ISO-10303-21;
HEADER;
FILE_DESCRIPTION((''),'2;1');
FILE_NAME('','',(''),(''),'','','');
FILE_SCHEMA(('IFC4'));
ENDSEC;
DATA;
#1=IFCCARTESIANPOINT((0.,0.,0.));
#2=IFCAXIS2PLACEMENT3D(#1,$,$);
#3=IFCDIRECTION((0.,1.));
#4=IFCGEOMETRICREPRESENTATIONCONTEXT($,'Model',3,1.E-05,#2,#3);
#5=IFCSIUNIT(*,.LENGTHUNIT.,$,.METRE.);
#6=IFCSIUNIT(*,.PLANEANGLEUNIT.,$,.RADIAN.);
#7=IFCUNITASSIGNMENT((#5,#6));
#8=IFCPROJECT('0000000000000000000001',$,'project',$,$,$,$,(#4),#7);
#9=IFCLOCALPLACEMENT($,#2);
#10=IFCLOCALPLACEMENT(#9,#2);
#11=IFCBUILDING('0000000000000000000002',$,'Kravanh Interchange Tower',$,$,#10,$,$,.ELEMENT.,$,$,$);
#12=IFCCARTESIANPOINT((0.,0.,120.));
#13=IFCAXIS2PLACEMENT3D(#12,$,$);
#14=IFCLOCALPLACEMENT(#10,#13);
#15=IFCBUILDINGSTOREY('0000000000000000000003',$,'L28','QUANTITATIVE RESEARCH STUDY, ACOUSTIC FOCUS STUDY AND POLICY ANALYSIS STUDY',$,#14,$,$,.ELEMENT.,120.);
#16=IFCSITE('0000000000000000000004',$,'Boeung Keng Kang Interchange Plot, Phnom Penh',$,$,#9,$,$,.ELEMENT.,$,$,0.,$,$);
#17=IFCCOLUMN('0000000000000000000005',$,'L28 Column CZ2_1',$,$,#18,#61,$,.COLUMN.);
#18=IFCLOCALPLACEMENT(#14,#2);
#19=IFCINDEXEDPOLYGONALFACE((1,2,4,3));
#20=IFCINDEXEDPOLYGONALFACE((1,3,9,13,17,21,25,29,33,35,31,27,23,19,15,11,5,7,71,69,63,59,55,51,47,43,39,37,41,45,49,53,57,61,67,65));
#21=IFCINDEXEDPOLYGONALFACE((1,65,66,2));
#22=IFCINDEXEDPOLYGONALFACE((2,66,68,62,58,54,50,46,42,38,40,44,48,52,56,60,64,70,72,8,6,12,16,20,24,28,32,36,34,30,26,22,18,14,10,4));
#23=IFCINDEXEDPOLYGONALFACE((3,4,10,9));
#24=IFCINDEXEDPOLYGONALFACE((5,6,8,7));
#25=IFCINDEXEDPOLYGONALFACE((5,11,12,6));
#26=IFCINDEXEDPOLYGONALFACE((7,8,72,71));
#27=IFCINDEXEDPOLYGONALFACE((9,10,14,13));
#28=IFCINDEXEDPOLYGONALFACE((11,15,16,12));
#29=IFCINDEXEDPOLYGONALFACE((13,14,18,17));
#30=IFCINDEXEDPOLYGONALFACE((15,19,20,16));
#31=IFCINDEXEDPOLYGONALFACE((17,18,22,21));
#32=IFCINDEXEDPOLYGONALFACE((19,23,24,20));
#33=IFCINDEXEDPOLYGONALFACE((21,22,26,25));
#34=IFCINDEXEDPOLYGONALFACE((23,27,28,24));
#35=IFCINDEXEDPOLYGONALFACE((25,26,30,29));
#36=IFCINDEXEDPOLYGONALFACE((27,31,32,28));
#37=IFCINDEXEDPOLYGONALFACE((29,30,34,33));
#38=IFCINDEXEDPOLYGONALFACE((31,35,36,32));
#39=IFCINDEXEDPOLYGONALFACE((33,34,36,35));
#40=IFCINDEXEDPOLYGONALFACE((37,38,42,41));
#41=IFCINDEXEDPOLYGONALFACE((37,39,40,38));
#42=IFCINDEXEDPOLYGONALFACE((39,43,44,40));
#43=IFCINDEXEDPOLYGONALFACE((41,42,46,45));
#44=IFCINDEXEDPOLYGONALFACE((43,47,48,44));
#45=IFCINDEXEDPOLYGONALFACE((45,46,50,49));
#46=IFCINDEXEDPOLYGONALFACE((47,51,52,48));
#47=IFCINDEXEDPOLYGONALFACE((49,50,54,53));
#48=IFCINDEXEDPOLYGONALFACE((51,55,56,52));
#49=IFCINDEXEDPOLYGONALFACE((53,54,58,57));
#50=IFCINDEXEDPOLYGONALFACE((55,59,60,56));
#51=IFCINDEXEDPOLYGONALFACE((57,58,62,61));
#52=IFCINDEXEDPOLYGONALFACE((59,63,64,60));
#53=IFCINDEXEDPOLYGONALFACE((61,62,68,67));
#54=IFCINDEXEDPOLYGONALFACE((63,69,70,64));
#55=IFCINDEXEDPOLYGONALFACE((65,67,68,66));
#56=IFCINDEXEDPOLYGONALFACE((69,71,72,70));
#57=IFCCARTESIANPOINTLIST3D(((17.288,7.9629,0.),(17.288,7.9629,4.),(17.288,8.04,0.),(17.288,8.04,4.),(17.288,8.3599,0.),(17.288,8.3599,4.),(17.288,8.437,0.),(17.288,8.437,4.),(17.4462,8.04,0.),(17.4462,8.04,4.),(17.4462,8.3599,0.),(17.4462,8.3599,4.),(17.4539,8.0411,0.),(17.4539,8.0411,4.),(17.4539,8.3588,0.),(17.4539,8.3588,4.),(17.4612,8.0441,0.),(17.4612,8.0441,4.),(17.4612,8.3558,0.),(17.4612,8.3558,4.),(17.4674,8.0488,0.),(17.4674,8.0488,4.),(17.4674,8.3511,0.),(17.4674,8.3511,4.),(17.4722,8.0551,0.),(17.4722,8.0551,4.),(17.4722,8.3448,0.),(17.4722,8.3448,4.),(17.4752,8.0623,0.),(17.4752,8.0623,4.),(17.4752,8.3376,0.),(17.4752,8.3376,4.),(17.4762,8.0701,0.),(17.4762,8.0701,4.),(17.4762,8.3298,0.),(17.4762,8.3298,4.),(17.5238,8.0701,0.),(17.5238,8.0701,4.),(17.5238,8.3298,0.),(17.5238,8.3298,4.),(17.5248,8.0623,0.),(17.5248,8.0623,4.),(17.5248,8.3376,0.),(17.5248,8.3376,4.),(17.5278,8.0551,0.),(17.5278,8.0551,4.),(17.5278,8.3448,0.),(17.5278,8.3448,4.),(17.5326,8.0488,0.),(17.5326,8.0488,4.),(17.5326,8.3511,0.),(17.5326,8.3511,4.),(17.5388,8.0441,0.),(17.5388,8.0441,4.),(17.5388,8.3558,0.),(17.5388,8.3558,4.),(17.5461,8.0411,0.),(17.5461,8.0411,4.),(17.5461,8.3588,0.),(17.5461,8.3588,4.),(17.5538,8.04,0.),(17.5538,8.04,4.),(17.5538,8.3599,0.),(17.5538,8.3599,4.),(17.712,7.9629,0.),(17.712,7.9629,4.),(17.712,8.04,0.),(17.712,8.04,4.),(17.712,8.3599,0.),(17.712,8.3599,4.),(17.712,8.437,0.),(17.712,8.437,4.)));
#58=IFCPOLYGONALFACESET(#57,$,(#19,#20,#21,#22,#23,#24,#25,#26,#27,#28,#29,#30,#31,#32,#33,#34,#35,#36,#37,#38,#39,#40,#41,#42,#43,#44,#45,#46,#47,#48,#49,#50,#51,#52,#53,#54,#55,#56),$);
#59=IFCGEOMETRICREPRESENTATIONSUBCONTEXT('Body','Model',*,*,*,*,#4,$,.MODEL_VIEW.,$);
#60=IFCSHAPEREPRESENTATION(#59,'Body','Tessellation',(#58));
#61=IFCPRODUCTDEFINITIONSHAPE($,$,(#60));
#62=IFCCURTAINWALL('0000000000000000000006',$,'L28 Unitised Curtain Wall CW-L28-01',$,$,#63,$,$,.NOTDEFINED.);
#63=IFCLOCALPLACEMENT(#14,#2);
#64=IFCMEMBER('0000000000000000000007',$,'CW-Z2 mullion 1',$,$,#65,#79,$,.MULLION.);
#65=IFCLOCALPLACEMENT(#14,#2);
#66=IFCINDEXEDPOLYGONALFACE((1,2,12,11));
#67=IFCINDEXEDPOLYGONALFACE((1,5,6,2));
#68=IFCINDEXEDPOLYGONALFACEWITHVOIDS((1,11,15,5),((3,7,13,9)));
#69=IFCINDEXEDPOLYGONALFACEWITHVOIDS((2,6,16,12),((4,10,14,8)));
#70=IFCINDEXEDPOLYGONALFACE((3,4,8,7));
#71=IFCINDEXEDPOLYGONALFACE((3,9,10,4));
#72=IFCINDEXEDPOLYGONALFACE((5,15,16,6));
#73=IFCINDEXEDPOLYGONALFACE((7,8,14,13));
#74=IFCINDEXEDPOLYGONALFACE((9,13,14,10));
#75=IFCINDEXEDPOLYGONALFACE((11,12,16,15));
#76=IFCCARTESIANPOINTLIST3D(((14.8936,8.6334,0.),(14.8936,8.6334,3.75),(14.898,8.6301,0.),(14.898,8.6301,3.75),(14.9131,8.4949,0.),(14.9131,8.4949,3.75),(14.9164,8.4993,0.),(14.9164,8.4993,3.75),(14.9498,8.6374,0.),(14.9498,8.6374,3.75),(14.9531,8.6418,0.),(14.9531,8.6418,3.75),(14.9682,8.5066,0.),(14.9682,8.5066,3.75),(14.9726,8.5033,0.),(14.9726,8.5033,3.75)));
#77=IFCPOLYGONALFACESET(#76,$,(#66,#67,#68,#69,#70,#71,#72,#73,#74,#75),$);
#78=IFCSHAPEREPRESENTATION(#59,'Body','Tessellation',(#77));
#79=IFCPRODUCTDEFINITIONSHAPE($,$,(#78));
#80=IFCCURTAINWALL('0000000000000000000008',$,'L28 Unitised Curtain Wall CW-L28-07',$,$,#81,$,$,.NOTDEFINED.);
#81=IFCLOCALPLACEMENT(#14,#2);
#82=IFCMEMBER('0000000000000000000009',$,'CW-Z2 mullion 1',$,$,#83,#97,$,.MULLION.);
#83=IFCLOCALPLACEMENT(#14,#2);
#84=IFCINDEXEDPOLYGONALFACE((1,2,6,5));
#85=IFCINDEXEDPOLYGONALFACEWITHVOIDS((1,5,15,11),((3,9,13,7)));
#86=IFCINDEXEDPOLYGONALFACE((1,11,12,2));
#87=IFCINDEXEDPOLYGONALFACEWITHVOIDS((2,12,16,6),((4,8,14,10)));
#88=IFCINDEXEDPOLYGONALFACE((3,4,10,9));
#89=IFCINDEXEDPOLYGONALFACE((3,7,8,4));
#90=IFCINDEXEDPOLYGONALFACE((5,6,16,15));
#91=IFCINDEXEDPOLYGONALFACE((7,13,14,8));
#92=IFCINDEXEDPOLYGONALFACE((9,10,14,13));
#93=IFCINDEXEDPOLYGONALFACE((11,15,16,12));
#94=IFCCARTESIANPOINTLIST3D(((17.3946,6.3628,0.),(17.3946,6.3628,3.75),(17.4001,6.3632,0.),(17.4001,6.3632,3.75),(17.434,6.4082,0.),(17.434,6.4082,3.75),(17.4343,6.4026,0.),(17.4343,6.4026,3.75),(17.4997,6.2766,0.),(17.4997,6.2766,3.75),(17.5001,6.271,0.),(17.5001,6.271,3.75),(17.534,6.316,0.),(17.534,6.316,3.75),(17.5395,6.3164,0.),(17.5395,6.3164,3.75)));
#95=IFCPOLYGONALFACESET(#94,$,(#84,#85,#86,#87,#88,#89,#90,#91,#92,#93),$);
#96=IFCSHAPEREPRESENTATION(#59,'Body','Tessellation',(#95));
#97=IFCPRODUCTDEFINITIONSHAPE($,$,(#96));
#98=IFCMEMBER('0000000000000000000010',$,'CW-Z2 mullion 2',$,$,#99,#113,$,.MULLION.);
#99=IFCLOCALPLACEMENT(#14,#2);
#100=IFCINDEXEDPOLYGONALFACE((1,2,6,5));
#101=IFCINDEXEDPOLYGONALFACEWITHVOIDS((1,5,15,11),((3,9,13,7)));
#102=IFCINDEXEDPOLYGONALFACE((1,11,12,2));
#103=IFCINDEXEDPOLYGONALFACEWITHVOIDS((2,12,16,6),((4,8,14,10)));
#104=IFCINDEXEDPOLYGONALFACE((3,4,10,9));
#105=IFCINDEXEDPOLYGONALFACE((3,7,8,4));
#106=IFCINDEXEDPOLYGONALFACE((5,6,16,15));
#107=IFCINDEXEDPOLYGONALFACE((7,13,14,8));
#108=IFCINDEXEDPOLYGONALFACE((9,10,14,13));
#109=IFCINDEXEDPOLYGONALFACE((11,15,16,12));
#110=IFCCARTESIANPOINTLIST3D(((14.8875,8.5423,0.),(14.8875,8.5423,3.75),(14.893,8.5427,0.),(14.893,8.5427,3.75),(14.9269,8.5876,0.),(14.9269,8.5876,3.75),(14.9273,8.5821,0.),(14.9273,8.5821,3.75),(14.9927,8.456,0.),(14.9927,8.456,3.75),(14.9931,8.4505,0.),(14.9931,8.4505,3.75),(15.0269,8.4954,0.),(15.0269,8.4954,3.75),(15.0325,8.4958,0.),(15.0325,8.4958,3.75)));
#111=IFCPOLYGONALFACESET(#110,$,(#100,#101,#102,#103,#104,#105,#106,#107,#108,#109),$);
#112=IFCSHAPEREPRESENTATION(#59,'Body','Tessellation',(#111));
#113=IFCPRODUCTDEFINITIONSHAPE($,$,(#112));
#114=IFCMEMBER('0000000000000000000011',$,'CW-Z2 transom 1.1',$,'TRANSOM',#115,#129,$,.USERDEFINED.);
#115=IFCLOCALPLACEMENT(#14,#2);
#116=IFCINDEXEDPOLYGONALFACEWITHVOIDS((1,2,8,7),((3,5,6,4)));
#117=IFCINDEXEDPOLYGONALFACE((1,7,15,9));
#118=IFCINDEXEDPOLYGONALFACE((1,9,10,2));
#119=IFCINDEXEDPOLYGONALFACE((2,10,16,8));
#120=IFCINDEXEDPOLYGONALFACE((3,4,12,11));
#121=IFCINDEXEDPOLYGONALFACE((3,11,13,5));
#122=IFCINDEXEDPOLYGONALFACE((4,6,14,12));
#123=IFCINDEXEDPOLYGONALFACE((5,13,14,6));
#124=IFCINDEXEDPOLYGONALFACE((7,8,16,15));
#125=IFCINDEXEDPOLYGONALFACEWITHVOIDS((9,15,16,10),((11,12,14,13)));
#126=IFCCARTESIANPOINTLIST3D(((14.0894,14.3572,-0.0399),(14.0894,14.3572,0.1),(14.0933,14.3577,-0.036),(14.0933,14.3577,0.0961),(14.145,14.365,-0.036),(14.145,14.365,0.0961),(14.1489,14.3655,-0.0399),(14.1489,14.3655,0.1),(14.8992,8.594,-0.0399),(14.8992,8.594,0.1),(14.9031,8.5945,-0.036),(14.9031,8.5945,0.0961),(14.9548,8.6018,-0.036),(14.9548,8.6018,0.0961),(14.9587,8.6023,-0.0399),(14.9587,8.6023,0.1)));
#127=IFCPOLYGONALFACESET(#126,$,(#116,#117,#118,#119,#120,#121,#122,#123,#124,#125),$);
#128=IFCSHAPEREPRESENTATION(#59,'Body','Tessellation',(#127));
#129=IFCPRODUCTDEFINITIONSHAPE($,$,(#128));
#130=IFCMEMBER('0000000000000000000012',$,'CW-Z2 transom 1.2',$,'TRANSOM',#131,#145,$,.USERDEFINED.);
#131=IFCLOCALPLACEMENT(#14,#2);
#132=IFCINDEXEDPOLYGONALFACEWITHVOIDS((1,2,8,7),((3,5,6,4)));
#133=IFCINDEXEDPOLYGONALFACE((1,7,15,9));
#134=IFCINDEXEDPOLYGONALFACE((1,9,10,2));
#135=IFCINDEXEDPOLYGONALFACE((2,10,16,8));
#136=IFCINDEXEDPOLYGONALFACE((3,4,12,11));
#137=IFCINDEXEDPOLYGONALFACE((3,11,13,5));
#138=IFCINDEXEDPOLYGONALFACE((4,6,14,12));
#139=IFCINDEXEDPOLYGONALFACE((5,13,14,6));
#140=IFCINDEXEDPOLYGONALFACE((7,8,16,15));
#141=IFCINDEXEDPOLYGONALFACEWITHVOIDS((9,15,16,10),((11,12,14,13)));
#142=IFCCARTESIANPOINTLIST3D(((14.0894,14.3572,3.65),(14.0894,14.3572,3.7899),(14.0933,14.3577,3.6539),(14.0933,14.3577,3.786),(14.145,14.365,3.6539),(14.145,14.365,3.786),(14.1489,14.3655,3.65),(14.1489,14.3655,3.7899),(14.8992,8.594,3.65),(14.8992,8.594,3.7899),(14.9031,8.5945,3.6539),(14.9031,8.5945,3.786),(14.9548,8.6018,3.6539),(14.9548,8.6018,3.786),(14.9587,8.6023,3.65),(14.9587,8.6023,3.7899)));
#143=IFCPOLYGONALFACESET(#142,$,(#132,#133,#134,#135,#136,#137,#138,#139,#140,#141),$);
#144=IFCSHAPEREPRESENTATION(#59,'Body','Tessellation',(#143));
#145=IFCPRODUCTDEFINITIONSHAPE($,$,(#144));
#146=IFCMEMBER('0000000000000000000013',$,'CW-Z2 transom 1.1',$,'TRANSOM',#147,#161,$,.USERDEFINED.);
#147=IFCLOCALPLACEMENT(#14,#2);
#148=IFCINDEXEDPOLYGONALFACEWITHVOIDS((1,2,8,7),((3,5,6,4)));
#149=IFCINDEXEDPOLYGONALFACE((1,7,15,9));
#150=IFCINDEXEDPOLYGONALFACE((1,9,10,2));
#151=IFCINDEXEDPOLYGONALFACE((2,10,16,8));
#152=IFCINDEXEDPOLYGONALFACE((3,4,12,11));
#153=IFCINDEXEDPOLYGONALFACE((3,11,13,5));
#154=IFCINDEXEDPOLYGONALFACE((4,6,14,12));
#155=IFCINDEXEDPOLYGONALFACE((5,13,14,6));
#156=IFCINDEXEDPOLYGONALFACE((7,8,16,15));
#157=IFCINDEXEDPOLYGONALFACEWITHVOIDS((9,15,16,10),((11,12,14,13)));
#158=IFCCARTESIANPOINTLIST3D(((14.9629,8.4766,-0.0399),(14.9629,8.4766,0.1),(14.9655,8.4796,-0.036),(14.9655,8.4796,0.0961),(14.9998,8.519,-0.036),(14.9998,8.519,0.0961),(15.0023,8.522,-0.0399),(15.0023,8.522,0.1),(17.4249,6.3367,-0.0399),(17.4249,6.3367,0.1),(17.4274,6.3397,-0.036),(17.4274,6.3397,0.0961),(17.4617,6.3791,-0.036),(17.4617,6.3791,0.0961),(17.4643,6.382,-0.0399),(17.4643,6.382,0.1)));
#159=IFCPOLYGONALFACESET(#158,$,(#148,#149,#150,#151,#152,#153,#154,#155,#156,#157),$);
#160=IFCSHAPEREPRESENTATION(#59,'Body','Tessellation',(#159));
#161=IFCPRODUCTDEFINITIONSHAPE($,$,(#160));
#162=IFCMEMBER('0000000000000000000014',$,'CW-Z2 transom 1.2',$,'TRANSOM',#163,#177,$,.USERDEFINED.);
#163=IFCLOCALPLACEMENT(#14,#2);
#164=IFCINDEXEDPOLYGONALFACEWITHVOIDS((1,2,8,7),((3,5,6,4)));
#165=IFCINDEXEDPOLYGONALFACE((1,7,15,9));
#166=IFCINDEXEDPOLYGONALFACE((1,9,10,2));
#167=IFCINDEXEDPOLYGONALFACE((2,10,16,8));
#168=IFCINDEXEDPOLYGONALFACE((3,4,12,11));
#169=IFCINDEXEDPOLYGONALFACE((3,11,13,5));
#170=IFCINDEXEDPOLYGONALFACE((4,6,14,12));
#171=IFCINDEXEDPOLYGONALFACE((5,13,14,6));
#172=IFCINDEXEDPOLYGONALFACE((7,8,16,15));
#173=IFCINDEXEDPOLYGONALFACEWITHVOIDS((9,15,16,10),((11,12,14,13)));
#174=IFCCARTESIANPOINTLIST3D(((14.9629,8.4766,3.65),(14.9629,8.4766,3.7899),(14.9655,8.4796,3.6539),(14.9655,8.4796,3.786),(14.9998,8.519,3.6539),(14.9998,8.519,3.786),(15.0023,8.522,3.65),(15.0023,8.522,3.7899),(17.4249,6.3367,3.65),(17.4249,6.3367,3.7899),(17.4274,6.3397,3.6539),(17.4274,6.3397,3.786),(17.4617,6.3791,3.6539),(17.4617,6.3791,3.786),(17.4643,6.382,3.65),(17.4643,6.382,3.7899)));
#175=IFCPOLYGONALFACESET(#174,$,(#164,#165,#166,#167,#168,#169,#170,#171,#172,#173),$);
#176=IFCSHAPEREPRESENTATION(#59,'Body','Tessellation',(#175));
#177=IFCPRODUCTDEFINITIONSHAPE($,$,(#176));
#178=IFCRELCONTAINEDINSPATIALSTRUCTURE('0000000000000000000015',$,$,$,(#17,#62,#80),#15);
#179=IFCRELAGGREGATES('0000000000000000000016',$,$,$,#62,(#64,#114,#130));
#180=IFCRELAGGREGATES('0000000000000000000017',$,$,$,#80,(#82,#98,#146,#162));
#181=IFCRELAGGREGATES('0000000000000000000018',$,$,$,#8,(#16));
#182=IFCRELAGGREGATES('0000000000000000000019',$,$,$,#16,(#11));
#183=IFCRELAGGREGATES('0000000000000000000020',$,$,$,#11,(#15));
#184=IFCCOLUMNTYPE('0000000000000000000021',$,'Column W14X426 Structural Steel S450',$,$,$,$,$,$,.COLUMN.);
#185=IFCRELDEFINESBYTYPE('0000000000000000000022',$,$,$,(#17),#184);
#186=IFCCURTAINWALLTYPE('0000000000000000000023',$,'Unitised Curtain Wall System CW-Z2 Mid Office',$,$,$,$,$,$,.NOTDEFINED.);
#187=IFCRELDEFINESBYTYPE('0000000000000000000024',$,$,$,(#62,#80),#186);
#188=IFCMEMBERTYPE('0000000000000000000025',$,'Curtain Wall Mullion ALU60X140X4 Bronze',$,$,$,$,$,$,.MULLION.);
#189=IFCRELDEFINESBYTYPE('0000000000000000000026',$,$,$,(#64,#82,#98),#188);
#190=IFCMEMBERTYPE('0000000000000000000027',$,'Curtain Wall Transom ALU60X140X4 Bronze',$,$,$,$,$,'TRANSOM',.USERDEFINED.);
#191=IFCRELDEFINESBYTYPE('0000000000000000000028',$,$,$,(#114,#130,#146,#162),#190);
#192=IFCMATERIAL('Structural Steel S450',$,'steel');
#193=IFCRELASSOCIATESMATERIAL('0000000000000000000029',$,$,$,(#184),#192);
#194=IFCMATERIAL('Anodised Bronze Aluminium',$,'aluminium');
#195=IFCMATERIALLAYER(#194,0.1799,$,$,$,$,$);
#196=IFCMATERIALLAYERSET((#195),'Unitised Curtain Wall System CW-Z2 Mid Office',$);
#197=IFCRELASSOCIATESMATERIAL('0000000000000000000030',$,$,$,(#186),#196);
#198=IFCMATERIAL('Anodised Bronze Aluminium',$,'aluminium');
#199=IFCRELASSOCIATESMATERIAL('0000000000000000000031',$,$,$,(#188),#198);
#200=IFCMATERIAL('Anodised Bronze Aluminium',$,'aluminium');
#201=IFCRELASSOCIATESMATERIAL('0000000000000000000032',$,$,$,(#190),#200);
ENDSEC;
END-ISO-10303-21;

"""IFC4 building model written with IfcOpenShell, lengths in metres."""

from ifc_helpers import new_model, si_unit, direction, frame, origin, origin_2d, place, context, subcontext, project, spatial, hollow_rectangle, i_section, extrude, material, layer, layer_set, material_profile, profile_set, type_object, element, aggregate, save


model = new_model("IFC4")

# Units and contexts
model_context = context("Model", 3, precision=1e-05, world=origin(), true_north=direction((0.0, 1.0)))
body_context = subcontext(model_context, "Body", "Model", "MODEL_VIEW")
ifc_project = project(units=[si_unit("LENGTHUNIT", "METRE"), si_unit("PLANEANGLEUNIT", "RADIAN")], contexts=[model_context])

# Site, building, storey
site_placement = place(None, origin())
site = spatial("IfcSite", under=ifc_project, at=site_placement, Name="Boeung Keng Kang Interchange Plot, Phnom Penh", CompositionType="ELEMENT", RefElevation=0.0)
building_placement = place(site_placement, origin())
building = spatial("IfcBuilding", under=site, at=building_placement, Name="Kravanh Interchange Tower", CompositionType="ELEMENT")
storey_placement = place(building_placement, frame((0.0, 0.0, 120.0)))
storey = spatial("IfcBuildingStorey", under=building, at=storey_placement, Name="L28", Description="QUANTITATIVE RESEARCH STUDY, ACOUSTIC FOCUS STUDY AND POLICY ANALYSIS STUDY", CompositionType="ELEMENT", Elevation=120.0)

# Column
ifc_material_1 = material(Name="Structural Steel S450", Category="steel")
ifc_material_profile_1 = material_profile(ifc_material_1, i_section(OverallWidth=0.4241, OverallDepth=0.4741, WebThickness=0.0476, FlangeThickness=0.0771, FilletRadius=0.03, at=origin_2d()), Name="W14X426")
ifc_profile_set_1 = profile_set([ifc_material_profile_1], Name="Structural Steel S450")
column_type = type_object("IfcColumnType", Name="Column W14X426 Structural Steel S450", PredefinedType="COLUMN", material=ifc_profile_set_1)
column_placement = place(storey_placement, frame((17.5, 8.2, 0.0), z_axis=(0.0, 0.0, 1.0), x_axis=(1.0, 0.0, 0.0)))
element("IfcColumn", 1, at=column_placement, inside=storey, type_object=column_type, Name="L28 Column CZ2_1", PredefinedType="COLUMN", context=body_context, shape_type="SweptSolid", body=[
    extrude(i_section(OverallWidth=0.4241, OverallDepth=0.4741, WebThickness=0.0476, FlangeThickness=0.0771, FilletRadius=0.03, at=origin_2d()), origin(), (0.0, 0.0, 1.0), 4.0),
])

# Curtain wall, member
ifc_material_2 = material(Name="Anodised Bronze Aluminium", Category="aluminium")
ifc_layer_1 = layer(ifc_material_2, 0.1799)
ifc_layer_set_1 = layer_set([ifc_layer_1], Name="Unitised Curtain Wall System CW-Z2 Mid Office")
curtain_wall_type = type_object("IfcCurtainWallType", Name="Unitised Curtain Wall System CW-Z2 Mid Office", PredefinedType="NOTDEFINED", material=ifc_layer_set_1)
curtain_wall_1_placement = place(storey_placement, origin())
curtain_wall_1 = element("IfcCurtainWall", 2, at=curtain_wall_1_placement, inside=storey, type_object=curtain_wall_type, Name="L28 Unitised Curtain Wall CW-L28-01", PredefinedType="NOTDEFINED")
ifc_material_3 = material(Name="Anodised Bronze Aluminium", Category="aluminium")
ifc_material_profile_2 = material_profile(ifc_material_3, hollow_rectangle(XDim=0.0601, YDim=0.1399, WallThickness=0.0039, at=origin_2d()), Name="ALU60X140X4")
ifc_profile_set_2 = profile_set([ifc_material_profile_2], Name="Anodised Bronze Aluminium")
member_type_1 = type_object("IfcMemberType", Name="Curtain Wall Mullion ALU60X140X4 Bronze", PredefinedType="MULLION", material=ifc_profile_set_2)
member_1_placement = place(storey_placement, frame((14.9331, 8.5684, 0.0), z_axis=(0.0, 0.0, 1.0), x_axis=(-0.990268, -0.139173, 0.0)))
member_1 = element("IfcMember", 3, at=member_1_placement, type_object=member_type_1, Name="CW-Z2 mullion 1", PredefinedType="MULLION", context=body_context, shape_type="SweptSolid", body=[
    extrude(hollow_rectangle(XDim=0.0601, YDim=0.1399, WallThickness=0.0039, at=origin_2d()), origin(), (0.0, 0.0, 1.0), 3.75),
])

# Curtain wall, members
curtain_wall_2_placement = place(storey_placement, origin())
curtain_wall_2 = element("IfcCurtainWall", 4, at=curtain_wall_2_placement, inside=storey, type_object=curtain_wall_type, Name="L28 Unitised Curtain Wall CW-L28-07", PredefinedType="NOTDEFINED")
member_2_placement = place(storey_placement, frame((17.467, 6.3396, 0.0), z_axis=(0.0, 0.0, 1.0), x_axis=(-0.656048, -0.754719, 0.0)))
member_2 = element("IfcMember", 5, at=member_2_placement, type_object=member_type_1, Name="CW-Z2 mullion 1", PredefinedType="MULLION", context=body_context, shape_type="SweptSolid", body=[
    extrude(hollow_rectangle(XDim=0.0601, YDim=0.1399, WallThickness=0.0039, at=origin_2d()), origin(), (0.0, 0.0, 1.0), 3.75),
])
member_3_placement = place(storey_placement, frame((14.96, 8.519, 0.0), z_axis=(0.0, 0.0, 1.0), x_axis=(-0.656048, -0.754719, 0.0)))
member_3 = element("IfcMember", 6, at=member_3_placement, type_object=member_type_1, Name="CW-Z2 mullion 2", PredefinedType="MULLION", context=body_context, shape_type="SweptSolid", body=[
    extrude(hollow_rectangle(XDim=0.0601, YDim=0.1399, WallThickness=0.0039, at=origin_2d()), origin(), (0.0, 0.0, 1.0), 3.75),
])

# Members
ifc_material_4 = material(Name="Anodised Bronze Aluminium", Category="aluminium")
ifc_material_profile_3 = material_profile(ifc_material_4, hollow_rectangle(XDim=0.0601, YDim=0.1399, WallThickness=0.0039, at=origin_2d()), Name="ALU60X140X4")
ifc_profile_set_3 = profile_set([ifc_material_profile_3], Name="Anodised Bronze Aluminium")
member_type_2 = type_object("IfcMemberType", Name="Curtain Wall Transom ALU60X140X4 Bronze", ElementType="TRANSOM", PredefinedType="USERDEFINED", material=ifc_profile_set_3)
member_4_placement = place(storey_placement, frame((14.929, 8.5981, 0.03), z_axis=(-0.139148, 0.990272, 0.0), x_axis=(-0.990272, -0.139148, 0.0)))
member_4 = element("IfcMember", 7, at=member_4_placement, type_object=member_type_2, Name="CW-Z2 transom 1.1", ObjectType="TRANSOM", PredefinedType="USERDEFINED", context=body_context, shape_type="SweptSolid", body=[
    extrude(hollow_rectangle(XDim=0.0601, YDim=0.1399, WallThickness=0.0039, at=origin_2d()), origin(), (0.0, 0.0, 1.0), 5.8198),
])
member_5_placement = place(storey_placement, frame((14.929, 8.5981, 3.72), z_axis=(-0.139148, 0.990272, 0.0), x_axis=(-0.990272, -0.139148, 0.0)))
member_5 = element("IfcMember", 8, at=member_5_placement, type_object=member_type_2, Name="CW-Z2 transom 1.2", ObjectType="TRANSOM", PredefinedType="USERDEFINED", context=body_context, shape_type="SweptSolid", body=[
    extrude(hollow_rectangle(XDim=0.0601, YDim=0.1399, WallThickness=0.0039, at=origin_2d()), origin(), (0.0, 0.0, 1.0), 5.8198),
])
member_6_placement = place(storey_placement, frame((17.4446, 6.3594, 0.03), z_axis=(-0.754742, 0.656021, 0.0), x_axis=(-0.656021, -0.754742, 0.0)))
member_6 = element("IfcMember", 9, at=member_6_placement, type_object=member_type_2, Name="CW-Z2 transom 1.1", ObjectType="TRANSOM", PredefinedType="USERDEFINED", context=body_context, shape_type="SweptSolid", body=[
    extrude(hollow_rectangle(XDim=0.0601, YDim=0.1399, WallThickness=0.0039, at=origin_2d()), origin(), (0.0, 0.0, 1.0), 3.262),
])
member_7_placement = place(storey_placement, frame((17.4446, 6.3594, 3.72), z_axis=(-0.754742, 0.656021, 0.0), x_axis=(-0.656021, -0.754742, 0.0)))
member_7 = element("IfcMember", 10, at=member_7_placement, type_object=member_type_2, Name="CW-Z2 transom 1.2", ObjectType="TRANSOM", PredefinedType="USERDEFINED", context=body_context, shape_type="SweptSolid", body=[
    extrude(hollow_rectangle(XDim=0.0601, YDim=0.1399, WallThickness=0.0039, at=origin_2d()), origin(), (0.0, 0.0, 1.0), 3.262),
])

aggregate(curtain_wall_1, [member_1, member_4, member_5])
aggregate(curtain_wall_2, [member_2, member_3, member_6, member_7])

save(model, "model.ifc")
